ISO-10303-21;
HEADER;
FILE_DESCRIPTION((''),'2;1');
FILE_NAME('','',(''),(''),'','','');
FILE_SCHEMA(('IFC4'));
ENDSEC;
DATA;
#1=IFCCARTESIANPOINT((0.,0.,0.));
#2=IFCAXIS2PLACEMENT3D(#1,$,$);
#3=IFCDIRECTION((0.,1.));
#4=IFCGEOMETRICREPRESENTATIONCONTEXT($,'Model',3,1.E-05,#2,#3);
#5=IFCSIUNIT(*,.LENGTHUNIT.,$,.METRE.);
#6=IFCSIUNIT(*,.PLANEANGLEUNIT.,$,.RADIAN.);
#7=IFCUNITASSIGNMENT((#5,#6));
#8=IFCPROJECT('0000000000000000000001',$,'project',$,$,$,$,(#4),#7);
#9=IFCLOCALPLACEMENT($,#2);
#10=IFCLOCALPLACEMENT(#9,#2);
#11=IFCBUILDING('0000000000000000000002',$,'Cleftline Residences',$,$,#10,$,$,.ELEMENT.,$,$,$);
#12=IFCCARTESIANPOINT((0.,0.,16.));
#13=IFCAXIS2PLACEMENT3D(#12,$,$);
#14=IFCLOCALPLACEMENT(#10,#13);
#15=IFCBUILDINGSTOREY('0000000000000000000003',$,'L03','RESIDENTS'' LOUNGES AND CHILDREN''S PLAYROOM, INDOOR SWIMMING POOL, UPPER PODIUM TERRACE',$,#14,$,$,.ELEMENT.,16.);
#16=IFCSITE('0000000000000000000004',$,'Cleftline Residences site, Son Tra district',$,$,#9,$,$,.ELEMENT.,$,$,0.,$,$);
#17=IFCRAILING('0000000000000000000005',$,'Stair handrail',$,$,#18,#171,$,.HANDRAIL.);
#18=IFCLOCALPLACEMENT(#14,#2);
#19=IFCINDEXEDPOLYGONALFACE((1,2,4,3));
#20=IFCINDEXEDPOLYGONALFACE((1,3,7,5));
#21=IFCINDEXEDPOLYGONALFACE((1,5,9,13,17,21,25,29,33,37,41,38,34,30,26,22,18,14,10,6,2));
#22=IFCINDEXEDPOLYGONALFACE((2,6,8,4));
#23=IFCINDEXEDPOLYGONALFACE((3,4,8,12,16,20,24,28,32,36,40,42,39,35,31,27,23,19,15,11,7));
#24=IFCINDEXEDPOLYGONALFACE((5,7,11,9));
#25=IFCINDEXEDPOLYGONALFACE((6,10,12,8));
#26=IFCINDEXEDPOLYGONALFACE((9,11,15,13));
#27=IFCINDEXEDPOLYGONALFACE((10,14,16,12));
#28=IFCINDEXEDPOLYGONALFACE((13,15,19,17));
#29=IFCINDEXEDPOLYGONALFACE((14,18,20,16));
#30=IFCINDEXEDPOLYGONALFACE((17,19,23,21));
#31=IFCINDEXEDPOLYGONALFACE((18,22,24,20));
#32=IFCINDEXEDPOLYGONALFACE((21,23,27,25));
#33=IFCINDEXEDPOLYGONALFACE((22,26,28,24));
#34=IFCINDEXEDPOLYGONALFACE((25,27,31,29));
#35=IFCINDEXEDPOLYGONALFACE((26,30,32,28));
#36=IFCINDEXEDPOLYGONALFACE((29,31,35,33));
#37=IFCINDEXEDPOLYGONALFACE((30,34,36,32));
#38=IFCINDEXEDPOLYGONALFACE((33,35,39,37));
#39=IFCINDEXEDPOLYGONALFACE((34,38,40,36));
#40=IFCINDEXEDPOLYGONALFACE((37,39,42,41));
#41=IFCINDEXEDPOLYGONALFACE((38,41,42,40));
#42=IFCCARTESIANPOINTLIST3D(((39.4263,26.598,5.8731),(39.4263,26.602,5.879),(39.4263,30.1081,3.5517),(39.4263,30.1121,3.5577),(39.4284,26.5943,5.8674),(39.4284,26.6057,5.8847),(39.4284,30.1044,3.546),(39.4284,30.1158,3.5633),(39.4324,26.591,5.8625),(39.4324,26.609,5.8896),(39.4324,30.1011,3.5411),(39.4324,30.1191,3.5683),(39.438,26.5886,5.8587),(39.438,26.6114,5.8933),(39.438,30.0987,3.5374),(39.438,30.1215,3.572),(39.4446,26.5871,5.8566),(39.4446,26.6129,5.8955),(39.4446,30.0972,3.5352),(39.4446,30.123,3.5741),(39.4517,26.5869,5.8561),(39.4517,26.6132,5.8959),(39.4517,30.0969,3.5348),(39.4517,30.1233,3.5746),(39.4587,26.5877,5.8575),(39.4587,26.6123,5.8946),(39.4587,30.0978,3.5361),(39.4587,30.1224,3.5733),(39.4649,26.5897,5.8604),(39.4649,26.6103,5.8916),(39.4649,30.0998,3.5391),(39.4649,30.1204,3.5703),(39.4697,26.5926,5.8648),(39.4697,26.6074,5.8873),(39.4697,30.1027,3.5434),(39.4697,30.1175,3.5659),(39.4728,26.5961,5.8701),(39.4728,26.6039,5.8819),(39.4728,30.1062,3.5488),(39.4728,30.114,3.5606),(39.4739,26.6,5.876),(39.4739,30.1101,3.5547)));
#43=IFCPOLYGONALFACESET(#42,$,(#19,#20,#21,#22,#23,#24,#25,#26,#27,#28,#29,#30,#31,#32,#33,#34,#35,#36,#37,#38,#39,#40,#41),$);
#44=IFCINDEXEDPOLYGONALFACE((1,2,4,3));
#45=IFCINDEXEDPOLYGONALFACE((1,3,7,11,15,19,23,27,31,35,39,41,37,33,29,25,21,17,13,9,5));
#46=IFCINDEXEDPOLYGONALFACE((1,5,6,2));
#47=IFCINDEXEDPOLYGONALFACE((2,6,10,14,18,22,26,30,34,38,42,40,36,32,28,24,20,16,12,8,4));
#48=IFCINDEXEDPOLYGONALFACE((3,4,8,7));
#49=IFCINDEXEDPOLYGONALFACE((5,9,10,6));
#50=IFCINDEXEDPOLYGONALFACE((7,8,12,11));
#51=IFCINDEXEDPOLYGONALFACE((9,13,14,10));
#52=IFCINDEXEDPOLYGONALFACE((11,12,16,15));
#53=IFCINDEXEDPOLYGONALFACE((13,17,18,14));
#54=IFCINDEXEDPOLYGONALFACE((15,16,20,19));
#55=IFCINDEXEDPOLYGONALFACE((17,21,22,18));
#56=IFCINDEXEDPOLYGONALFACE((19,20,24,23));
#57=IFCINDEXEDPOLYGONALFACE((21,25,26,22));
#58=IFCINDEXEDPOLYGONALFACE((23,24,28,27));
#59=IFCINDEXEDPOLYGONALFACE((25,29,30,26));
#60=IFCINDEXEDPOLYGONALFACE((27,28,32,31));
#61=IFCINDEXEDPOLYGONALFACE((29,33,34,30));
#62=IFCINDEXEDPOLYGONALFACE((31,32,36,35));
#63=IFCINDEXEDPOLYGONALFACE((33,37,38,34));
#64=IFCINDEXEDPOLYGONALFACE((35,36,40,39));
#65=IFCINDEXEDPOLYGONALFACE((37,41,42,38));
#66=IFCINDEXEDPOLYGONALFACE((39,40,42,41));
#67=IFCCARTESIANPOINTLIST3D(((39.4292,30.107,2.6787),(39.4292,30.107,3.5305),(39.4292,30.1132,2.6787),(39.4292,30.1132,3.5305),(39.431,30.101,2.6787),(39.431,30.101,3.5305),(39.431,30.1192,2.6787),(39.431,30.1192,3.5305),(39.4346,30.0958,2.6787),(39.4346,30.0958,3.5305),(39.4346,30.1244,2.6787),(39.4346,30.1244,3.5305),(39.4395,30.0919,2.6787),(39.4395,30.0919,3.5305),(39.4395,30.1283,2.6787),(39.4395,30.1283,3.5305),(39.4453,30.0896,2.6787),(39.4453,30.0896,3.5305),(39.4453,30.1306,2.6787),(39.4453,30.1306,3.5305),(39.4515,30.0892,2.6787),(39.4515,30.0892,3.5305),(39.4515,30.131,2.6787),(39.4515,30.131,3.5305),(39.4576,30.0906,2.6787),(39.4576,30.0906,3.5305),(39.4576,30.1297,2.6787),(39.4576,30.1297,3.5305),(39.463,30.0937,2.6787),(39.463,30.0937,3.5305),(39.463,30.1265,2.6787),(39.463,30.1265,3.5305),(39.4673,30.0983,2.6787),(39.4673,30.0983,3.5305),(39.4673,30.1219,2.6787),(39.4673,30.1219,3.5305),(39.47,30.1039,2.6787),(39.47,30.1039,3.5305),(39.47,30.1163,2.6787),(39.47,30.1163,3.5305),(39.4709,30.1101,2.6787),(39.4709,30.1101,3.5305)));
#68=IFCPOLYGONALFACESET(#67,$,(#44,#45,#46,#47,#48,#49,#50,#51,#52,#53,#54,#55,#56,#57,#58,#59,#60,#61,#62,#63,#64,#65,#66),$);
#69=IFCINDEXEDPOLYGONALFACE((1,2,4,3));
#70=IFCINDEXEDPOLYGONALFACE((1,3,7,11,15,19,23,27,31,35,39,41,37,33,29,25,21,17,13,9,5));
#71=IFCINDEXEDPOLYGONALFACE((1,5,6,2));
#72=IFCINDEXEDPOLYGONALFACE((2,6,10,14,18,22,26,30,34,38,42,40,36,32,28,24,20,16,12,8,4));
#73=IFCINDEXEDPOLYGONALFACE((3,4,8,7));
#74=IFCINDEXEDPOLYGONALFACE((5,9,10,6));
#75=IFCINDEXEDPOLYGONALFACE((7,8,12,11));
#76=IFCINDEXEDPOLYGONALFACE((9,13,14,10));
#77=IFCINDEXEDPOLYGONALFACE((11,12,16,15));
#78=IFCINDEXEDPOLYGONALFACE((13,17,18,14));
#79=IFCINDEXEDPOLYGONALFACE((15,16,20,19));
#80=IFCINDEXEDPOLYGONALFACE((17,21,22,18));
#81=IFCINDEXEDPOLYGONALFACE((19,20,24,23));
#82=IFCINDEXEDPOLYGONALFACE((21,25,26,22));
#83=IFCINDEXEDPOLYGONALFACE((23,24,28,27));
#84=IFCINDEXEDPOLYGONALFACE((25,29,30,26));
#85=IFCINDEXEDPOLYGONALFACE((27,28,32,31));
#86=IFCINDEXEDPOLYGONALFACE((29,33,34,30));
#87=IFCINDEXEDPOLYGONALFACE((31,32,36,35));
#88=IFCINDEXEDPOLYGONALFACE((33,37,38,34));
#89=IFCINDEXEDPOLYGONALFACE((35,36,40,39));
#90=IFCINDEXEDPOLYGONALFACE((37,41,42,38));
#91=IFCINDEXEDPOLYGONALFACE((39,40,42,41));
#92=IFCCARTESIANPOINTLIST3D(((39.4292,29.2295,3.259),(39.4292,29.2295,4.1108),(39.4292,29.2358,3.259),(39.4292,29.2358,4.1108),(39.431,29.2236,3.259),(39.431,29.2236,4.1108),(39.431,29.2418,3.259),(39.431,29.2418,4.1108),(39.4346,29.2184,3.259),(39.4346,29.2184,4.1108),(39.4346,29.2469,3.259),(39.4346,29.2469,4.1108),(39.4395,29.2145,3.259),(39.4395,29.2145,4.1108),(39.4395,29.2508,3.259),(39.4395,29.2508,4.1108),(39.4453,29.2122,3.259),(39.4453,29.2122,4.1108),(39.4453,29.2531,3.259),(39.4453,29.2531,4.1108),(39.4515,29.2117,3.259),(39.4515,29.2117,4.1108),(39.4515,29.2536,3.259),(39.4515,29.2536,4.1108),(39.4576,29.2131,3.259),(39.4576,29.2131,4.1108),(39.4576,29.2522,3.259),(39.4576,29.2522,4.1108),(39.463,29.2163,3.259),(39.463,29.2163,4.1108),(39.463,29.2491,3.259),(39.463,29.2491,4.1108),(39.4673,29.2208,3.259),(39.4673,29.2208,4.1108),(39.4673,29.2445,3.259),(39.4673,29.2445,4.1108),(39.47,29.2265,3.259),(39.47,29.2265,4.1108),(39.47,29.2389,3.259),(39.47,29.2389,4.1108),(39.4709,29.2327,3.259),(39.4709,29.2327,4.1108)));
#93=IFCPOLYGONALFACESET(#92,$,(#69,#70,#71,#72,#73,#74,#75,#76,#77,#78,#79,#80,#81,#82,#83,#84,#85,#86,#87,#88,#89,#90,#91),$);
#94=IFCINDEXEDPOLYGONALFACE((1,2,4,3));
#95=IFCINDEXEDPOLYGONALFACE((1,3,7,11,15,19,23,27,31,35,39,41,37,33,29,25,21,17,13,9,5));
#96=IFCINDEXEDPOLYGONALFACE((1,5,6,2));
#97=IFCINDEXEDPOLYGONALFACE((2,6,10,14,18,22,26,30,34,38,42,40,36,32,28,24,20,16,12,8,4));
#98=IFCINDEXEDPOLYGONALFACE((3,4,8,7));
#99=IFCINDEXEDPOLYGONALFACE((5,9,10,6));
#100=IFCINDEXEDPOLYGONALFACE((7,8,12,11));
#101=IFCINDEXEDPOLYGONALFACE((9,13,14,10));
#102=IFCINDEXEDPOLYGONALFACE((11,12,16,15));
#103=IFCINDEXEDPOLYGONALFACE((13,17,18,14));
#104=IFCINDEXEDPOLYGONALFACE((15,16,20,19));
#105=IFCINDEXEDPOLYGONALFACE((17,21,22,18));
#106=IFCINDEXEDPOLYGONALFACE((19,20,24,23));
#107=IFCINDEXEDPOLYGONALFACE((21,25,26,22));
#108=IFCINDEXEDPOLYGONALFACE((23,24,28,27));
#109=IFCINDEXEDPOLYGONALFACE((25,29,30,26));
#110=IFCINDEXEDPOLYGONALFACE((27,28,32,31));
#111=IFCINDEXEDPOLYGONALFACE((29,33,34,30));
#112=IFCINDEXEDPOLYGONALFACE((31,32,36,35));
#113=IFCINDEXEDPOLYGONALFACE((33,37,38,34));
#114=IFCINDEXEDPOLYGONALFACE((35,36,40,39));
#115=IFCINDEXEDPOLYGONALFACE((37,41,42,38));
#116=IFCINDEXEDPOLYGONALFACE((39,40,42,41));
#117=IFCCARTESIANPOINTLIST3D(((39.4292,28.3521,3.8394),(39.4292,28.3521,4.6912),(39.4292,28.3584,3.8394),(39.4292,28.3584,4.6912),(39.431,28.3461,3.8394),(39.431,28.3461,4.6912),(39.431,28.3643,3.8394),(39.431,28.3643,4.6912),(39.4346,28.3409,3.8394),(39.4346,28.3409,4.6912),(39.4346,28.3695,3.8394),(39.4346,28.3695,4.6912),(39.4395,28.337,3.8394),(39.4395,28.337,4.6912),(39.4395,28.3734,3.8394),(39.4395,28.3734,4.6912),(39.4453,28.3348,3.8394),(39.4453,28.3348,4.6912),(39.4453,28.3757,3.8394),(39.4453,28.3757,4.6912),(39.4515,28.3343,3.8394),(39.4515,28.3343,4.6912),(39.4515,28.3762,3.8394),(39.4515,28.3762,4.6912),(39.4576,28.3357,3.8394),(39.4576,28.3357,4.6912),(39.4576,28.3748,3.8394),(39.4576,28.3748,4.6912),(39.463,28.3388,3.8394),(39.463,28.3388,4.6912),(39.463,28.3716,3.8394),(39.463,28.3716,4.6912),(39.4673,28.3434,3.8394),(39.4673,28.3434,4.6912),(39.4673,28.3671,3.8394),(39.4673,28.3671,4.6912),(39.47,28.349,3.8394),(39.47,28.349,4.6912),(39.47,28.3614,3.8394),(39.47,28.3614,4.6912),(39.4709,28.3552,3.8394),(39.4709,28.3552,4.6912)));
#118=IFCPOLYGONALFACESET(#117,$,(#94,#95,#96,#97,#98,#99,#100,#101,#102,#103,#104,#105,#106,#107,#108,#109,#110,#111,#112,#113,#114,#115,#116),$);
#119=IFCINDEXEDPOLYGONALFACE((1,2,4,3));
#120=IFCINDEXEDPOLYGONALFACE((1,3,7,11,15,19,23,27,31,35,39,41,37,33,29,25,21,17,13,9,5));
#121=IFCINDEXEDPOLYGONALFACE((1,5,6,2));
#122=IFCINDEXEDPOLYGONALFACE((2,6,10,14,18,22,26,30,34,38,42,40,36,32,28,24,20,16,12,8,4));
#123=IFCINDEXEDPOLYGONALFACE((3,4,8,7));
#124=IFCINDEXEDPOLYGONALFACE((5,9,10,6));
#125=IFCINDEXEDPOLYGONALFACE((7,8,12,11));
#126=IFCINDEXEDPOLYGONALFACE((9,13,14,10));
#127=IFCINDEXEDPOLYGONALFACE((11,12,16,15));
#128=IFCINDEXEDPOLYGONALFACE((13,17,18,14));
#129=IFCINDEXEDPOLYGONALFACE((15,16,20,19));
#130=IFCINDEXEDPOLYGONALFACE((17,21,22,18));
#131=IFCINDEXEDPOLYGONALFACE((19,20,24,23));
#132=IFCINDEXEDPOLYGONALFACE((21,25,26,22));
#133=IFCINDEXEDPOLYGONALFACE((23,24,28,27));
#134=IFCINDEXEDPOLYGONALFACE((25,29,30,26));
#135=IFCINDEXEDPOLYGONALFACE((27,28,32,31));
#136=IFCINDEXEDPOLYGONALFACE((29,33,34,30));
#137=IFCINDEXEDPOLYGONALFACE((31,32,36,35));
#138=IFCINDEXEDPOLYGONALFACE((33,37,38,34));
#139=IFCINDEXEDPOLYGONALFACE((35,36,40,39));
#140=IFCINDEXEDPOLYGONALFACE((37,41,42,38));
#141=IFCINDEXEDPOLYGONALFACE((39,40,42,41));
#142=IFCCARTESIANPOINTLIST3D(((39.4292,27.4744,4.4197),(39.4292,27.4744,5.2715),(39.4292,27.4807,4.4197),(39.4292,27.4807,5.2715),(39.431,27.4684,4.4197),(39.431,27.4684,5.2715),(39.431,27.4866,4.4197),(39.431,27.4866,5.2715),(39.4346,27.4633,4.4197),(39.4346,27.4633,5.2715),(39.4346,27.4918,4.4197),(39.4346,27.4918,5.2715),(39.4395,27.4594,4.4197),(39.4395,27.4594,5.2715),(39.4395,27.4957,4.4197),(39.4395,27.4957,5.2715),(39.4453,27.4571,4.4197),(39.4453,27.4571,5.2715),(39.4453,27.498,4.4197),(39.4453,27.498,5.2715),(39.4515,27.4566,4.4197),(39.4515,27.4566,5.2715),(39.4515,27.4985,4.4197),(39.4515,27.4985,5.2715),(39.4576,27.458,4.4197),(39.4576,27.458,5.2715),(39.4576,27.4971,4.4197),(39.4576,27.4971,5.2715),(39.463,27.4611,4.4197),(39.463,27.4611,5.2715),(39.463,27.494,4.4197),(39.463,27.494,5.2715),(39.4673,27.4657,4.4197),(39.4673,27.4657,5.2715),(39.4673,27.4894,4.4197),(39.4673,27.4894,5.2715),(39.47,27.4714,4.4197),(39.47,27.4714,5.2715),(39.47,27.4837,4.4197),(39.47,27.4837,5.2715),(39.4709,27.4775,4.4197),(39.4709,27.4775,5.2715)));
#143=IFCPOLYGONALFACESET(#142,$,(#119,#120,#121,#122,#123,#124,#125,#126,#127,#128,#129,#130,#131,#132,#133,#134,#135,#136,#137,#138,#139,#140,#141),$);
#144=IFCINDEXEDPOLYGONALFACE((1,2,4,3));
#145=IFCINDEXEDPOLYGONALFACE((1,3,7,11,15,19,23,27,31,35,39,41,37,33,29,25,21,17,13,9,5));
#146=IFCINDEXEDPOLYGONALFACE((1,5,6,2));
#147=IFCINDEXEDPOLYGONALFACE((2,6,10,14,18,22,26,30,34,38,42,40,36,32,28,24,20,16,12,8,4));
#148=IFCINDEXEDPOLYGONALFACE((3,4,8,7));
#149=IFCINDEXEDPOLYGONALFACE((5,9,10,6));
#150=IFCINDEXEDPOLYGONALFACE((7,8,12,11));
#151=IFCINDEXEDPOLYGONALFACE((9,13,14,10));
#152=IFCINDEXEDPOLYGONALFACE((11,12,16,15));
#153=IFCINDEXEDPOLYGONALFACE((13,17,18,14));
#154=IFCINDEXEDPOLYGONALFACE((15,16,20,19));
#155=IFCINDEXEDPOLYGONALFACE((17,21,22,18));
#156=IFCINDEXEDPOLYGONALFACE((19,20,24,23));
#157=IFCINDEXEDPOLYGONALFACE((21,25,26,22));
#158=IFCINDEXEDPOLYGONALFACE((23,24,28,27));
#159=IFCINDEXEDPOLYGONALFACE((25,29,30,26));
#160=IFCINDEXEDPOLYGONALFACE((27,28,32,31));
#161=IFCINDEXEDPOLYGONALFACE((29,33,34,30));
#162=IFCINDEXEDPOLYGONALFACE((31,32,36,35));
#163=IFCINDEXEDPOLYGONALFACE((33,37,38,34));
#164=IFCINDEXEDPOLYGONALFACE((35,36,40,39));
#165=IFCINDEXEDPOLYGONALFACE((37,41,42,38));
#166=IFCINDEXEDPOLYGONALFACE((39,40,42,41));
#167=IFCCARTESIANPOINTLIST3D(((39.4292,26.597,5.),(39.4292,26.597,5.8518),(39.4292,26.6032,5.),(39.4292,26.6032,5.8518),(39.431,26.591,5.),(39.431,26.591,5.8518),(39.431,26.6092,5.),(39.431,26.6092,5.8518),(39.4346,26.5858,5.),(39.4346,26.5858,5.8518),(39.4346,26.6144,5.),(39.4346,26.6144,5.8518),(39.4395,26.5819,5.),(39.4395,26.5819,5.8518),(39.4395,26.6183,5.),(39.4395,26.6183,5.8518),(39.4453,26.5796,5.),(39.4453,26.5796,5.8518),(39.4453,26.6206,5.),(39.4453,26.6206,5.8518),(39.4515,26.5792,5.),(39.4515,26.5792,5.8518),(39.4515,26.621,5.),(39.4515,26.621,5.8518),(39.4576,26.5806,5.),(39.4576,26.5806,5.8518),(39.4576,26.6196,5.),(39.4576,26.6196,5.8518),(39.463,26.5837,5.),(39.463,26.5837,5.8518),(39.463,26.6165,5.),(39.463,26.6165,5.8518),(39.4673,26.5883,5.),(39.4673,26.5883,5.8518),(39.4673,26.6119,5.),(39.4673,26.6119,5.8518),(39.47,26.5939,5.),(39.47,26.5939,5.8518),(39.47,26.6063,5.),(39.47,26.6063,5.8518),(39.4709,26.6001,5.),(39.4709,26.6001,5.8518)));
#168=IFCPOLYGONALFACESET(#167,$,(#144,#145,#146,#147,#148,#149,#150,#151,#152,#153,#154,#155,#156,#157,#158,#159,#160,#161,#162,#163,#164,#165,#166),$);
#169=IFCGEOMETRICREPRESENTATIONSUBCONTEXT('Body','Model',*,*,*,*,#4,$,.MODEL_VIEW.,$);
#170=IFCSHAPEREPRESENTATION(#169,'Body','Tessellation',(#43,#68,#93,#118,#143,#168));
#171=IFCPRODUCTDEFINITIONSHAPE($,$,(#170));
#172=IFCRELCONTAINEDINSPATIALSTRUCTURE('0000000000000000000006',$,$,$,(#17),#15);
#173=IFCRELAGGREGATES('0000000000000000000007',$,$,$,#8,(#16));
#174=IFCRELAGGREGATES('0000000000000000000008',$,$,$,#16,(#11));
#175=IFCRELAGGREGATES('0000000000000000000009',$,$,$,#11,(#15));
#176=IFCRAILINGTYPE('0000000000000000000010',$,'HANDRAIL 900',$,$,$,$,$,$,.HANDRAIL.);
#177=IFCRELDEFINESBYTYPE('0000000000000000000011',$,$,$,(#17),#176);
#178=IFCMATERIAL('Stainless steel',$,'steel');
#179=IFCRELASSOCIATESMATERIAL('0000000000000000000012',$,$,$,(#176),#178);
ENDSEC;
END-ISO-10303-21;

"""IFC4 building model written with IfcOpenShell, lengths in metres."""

from ifc_helpers import new_model, si_unit, direction, frame, origin, origin_2d, place, context, subcontext, project, spatial, circle, extrude, material, type_object, element, save


model = new_model("IFC4")

# Units and contexts
model_context = context("Model", 3, precision=1e-05, world=origin(), true_north=direction((0.0, 1.0)))
body_context = subcontext(model_context, "Body", "Model", "MODEL_VIEW")
ifc_project = project(units=[si_unit("LENGTHUNIT", "METRE"), si_unit("PLANEANGLEUNIT", "RADIAN")], contexts=[model_context])

# Site, building, storey
site_placement = place(None, origin())
site = spatial("IfcSite", under=ifc_project, at=site_placement, Name="Cleftline Residences site, Son Tra district", CompositionType="ELEMENT", RefElevation=0.0)
building_placement = place(site_placement, origin())
building = spatial("IfcBuilding", under=site, at=building_placement, Name="Cleftline Residences", CompositionType="ELEMENT")
storey_placement = place(building_placement, frame((0.0, 0.0, 16.0)))
storey = spatial("IfcBuildingStorey", under=building, at=storey_placement, Name="L03", Description="RESIDENTS' LOUNGES AND CHILDREN'S PLAYROOM, INDOOR SWIMMING POOL, UPPER PODIUM TERRACE", CompositionType="ELEMENT", Elevation=16.0)

# Railing
ifc_material_1 = material(Name="Stainless steel", Category="steel")
railing_type = type_object("IfcRailingType", Name="HANDRAIL 900", PredefinedType="HANDRAIL", material=ifc_material_1)
for number, where, name in (
    (1, (39.45, 30.1101, 2.6787), "Stair handrail"),
):
    element("IfcRailing", number, at=place(storey_placement, frame(where)), inside=storey, type_object=railing_type, Name=name, PredefinedType="HANDRAIL", context=body_context, shape_type="SweptSolid", body=[
        extrude(circle(Radius=0.0239, at=origin_2d()), frame((0.0, 0.0, 0.876), z_axis=(0.0, -0.834097, 0.551617), x_axis=(1.0, 0.0, 0.0)), (0.0, 0.0, 1.0), 4.2083),
        extrude(circle(Radius=0.021, at=origin_2d()), origin(), (0.0, 0.0, 1.0), 0.8518),
        extrude(circle(Radius=0.021, at=origin_2d()), frame((0.0, -0.8774, 0.5803)), (0.0, 0.0, 1.0), 0.8518),
        extrude(circle(Radius=0.021, at=origin_2d()), frame((0.0, -1.7549, 1.1606)), (0.0, 0.0, 1.0), 0.8518),
        extrude(circle(Radius=0.021, at=origin_2d()), frame((0.0, -2.6326, 1.741)), (0.0, 0.0, 1.0), 0.8518),
        extrude(circle(Radius=0.021, at=origin_2d()), frame((0.0, -3.51, 2.3213)), (0.0, 0.0, 1.0), 0.8518),
    ])

save(model, "model.ifc")
